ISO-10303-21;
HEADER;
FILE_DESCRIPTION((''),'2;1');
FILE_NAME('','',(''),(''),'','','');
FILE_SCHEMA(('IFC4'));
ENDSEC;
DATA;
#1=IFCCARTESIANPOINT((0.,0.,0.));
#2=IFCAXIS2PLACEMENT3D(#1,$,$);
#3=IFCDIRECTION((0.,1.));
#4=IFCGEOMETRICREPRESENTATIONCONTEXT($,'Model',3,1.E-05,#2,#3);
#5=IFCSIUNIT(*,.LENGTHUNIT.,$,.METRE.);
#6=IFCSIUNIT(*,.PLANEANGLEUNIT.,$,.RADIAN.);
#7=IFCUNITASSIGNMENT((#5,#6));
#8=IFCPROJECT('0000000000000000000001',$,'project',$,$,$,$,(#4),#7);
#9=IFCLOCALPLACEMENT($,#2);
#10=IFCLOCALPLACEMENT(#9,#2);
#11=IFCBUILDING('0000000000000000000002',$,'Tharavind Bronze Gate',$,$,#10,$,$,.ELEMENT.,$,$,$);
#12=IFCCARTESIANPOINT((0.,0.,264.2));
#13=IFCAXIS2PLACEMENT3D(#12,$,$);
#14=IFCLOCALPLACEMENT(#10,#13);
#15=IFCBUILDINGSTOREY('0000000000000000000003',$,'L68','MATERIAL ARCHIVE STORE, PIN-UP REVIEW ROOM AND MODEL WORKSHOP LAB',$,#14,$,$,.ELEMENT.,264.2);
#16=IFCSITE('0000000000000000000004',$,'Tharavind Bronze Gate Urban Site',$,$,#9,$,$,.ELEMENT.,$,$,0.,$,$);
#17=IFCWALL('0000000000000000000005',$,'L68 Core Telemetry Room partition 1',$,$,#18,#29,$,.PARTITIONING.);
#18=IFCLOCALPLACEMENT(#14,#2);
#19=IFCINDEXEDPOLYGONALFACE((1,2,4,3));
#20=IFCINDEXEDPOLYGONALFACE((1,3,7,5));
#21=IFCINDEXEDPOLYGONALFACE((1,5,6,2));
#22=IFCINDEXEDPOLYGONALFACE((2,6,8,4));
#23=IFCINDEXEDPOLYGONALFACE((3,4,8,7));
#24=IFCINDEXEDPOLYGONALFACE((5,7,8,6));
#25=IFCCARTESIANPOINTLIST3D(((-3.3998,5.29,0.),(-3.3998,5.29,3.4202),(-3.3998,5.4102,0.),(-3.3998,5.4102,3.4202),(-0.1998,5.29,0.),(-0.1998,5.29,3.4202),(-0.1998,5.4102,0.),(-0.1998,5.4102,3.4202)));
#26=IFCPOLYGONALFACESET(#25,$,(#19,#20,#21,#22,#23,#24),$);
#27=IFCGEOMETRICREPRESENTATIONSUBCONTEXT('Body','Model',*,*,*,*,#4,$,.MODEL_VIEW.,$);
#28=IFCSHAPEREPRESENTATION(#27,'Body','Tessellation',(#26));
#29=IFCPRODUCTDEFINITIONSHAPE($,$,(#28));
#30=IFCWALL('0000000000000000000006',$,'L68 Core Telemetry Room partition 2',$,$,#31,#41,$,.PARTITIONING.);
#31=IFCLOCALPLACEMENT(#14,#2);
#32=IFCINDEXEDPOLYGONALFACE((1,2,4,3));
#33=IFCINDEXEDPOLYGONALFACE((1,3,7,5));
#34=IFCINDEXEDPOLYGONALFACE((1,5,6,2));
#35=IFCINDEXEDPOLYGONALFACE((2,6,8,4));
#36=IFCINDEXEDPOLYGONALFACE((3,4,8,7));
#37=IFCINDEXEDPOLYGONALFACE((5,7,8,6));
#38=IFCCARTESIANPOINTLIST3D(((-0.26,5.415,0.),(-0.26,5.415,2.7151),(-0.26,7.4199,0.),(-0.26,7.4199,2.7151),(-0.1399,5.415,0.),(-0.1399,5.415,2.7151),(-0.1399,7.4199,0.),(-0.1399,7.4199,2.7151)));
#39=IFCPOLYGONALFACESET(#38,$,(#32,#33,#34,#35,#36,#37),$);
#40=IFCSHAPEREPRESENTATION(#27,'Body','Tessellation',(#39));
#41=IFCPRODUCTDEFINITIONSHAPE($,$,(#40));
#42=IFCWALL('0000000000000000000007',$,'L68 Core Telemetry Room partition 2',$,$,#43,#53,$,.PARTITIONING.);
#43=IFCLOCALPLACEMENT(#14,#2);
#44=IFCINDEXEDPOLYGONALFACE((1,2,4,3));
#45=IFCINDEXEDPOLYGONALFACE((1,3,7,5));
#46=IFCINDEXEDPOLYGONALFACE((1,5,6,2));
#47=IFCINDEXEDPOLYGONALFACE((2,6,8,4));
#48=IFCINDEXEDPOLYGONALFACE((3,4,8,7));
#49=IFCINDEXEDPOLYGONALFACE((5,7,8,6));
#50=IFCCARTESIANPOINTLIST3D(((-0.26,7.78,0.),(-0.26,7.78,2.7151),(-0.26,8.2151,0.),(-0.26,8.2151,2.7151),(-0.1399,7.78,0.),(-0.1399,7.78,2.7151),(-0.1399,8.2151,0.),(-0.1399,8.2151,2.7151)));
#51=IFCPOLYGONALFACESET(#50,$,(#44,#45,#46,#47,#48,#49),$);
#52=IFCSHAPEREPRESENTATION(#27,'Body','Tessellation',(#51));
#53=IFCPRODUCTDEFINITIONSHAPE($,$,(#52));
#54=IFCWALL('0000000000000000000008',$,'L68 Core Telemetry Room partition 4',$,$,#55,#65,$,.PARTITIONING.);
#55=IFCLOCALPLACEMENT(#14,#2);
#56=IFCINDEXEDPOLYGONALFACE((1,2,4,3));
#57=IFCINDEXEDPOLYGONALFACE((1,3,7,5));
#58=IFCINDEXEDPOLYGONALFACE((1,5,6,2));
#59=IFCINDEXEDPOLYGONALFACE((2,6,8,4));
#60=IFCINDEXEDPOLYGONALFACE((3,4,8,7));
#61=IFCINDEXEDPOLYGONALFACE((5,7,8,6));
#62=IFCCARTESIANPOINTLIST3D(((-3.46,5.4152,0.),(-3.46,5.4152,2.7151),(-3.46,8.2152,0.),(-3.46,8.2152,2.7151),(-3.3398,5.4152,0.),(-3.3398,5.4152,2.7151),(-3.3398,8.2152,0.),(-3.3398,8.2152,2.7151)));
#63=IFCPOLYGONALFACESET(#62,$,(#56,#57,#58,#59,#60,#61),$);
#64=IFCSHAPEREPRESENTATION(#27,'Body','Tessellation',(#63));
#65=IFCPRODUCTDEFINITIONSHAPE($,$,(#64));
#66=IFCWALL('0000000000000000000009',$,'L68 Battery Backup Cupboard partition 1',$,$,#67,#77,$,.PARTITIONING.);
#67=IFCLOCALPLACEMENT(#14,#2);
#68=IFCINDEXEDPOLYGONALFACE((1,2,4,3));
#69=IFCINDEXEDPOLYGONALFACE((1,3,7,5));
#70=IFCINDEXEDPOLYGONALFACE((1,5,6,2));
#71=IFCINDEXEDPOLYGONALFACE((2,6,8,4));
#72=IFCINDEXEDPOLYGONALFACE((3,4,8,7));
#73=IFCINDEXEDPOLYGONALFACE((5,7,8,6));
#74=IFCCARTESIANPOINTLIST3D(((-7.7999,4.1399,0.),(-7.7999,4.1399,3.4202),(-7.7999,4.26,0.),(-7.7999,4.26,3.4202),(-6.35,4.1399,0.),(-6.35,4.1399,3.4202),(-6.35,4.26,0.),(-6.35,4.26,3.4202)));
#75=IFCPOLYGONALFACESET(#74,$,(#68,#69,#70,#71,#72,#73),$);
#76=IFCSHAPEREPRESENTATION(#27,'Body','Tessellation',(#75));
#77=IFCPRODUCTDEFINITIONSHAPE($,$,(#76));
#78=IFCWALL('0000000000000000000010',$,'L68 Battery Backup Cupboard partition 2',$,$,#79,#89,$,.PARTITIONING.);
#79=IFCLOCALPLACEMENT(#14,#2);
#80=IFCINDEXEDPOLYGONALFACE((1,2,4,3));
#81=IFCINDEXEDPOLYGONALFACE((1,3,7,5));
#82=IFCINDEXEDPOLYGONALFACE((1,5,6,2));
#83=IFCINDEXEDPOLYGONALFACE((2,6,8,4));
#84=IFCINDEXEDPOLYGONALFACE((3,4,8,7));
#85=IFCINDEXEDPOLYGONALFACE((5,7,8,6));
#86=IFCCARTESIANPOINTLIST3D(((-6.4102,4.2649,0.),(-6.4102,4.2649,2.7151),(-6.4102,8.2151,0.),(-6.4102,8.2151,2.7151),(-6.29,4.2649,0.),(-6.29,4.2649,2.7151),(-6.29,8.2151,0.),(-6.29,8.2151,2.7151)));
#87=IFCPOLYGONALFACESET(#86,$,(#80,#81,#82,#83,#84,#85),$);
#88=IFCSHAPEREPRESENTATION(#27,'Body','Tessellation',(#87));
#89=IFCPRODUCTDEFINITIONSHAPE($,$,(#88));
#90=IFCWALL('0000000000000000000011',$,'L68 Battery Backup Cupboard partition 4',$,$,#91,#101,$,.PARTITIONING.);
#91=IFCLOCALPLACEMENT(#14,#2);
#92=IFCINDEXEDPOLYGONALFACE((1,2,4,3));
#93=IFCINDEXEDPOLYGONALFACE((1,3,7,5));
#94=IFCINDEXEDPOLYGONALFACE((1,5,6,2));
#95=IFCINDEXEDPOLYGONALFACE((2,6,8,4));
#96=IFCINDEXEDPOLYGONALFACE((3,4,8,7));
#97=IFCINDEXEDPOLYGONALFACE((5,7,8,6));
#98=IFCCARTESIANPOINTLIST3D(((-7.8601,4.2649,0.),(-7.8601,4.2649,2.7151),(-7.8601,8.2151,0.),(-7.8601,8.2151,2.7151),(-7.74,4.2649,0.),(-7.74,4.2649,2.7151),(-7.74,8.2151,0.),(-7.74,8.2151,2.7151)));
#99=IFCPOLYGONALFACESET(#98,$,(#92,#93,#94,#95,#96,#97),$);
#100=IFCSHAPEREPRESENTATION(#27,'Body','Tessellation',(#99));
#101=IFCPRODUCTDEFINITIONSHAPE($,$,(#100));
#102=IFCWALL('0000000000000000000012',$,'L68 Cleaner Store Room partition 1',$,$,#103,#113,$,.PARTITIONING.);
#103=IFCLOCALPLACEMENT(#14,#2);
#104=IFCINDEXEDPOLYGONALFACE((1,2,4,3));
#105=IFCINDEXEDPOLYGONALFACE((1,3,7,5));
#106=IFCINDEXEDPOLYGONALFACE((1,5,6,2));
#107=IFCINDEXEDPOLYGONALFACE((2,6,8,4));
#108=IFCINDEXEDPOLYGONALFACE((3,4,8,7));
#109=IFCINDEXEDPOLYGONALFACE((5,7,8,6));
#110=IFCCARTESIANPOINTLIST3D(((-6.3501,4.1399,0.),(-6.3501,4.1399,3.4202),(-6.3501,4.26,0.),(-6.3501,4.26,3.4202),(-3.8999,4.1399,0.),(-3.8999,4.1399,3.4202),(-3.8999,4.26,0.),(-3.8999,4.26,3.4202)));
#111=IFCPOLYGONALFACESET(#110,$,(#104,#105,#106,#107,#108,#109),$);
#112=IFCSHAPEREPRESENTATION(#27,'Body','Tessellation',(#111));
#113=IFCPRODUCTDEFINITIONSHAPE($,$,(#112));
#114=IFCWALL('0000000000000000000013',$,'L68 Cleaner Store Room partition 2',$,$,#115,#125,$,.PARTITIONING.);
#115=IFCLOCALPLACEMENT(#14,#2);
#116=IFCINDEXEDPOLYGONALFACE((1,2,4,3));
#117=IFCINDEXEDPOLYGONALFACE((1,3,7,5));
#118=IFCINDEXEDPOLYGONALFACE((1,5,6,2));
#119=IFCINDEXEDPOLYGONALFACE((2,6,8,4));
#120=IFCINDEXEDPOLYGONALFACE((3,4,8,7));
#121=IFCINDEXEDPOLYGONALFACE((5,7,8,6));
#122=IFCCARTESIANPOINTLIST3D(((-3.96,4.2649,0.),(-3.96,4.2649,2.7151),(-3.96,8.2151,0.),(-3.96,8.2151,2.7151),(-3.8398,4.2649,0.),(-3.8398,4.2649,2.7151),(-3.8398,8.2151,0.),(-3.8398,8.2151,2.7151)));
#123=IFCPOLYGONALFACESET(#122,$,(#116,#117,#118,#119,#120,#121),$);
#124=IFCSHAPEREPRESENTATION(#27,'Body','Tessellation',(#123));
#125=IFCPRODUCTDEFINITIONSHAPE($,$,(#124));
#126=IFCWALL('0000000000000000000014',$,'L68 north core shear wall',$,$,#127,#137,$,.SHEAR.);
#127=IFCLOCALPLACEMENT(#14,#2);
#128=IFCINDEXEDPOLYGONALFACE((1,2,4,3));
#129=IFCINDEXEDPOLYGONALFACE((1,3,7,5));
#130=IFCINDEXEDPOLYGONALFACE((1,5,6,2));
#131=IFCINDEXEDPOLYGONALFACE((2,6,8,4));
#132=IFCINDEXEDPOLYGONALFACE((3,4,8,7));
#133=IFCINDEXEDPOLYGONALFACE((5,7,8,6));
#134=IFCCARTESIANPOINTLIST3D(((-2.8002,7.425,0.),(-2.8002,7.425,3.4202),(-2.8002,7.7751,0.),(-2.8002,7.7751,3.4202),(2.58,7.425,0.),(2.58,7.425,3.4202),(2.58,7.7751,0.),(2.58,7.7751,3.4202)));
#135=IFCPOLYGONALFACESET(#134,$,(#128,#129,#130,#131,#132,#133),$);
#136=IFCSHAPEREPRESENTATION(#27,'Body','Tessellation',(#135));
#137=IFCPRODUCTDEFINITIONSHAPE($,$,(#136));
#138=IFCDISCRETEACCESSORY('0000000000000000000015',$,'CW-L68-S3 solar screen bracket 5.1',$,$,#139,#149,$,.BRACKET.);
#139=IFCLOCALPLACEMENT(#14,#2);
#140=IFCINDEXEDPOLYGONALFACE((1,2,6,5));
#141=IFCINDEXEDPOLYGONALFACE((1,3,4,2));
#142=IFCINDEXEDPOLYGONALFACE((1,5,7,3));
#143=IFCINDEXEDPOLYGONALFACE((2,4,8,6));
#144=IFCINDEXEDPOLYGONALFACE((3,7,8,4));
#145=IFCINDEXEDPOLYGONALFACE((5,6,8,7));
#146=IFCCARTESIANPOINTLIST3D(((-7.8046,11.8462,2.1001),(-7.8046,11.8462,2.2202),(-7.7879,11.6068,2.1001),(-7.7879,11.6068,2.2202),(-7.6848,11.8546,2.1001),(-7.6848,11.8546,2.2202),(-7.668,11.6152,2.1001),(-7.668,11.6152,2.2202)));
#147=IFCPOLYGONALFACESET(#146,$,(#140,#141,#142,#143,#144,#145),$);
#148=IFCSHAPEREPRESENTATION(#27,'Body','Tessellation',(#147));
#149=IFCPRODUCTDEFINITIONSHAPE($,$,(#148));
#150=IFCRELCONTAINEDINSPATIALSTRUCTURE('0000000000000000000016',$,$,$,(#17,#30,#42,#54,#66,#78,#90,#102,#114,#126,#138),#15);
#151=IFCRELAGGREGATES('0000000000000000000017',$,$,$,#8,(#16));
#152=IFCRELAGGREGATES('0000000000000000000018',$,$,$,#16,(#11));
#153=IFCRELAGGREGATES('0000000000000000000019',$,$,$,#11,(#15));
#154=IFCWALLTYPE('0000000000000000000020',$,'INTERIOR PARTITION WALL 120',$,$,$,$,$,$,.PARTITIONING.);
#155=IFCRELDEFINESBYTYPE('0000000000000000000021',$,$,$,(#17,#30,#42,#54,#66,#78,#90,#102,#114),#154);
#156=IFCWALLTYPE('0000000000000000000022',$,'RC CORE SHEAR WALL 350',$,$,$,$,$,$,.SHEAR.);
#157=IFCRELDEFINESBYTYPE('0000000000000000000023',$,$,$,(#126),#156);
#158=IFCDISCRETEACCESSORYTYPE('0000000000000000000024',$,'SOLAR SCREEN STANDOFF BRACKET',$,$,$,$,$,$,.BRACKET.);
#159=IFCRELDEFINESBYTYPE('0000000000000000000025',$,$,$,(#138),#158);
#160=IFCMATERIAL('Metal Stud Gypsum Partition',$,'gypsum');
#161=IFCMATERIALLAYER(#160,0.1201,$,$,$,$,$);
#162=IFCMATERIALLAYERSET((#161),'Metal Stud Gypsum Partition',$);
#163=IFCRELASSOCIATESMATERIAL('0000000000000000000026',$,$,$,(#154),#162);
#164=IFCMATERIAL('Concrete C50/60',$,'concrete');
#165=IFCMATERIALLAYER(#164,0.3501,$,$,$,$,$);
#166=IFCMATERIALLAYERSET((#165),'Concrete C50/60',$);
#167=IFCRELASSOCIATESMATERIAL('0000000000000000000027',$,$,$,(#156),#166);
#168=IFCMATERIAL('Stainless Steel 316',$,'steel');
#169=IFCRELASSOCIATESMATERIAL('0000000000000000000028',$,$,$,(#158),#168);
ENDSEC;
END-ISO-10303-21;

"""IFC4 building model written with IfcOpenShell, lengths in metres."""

from ifc_helpers import new_model, si_unit, direction, frame, frame_2d, origin, origin_2d, place, context, subcontext, project, spatial, rectangle, extrude, material, layer, layer_set, type_object, element, save


model = new_model("IFC4")

# Units and contexts
model_context = context("Model", 3, precision=1e-05, world=origin(), true_north=direction((0.0, 1.0)))
body_context = subcontext(model_context, "Body", "Model", "MODEL_VIEW")
ifc_project = project(units=[si_unit("LENGTHUNIT", "METRE"), si_unit("PLANEANGLEUNIT", "RADIAN")], contexts=[model_context])

# Site, building, storey
site_placement = place(None, origin())
site = spatial("IfcSite", under=ifc_project, at=site_placement, Name="Tharavind Bronze Gate Urban Site", CompositionType="ELEMENT", RefElevation=0.0)
building_placement = place(site_placement, origin())
building = spatial("IfcBuilding", under=site, at=building_placement, Name="Tharavind Bronze Gate", CompositionType="ELEMENT")
storey_placement = place(building_placement, frame((0.0, 0.0, 264.2)))
storey = spatial("IfcBuildingStorey", under=building, at=storey_placement, Name="L68", Description="MATERIAL ARCHIVE STORE, PIN-UP REVIEW ROOM AND MODEL WORKSHOP LAB", CompositionType="ELEMENT", Elevation=264.2)

# Walls
ifc_material_1 = material(Name="Metal Stud Gypsum Partition", Category="gypsum")
ifc_layer_1 = layer(ifc_material_1, 0.1201)
ifc_layer_set_1 = layer_set([ifc_layer_1], Name="Metal Stud Gypsum Partition")
wall_type_1 = type_object("IfcWallType", Name="INTERIOR PARTITION WALL 120", PredefinedType="PARTITIONING", material=ifc_layer_set_1)
wall_1_placement = place(storey_placement, frame((-3.3999, 5.3501, 0.0), z_axis=(0.0, 0.0, 1.0), x_axis=(1.0, 0.0, 0.0)))
element("IfcWall", 1, at=wall_1_placement, inside=storey, type_object=wall_type_1, Name="L68 Core Telemetry Room partition 1", PredefinedType="PARTITIONING", context=body_context, shape_type="SweptSolid", body=[
    extrude(rectangle(XDim=3.2, YDim=0.1201, at=frame_2d((1.6001, 0.0))), origin(), (0.0, 0.0, 1.0), 3.4202),
])
wall_2_placement = place(storey_placement, frame((-0.2, 5.415, 0.0), z_axis=(0.0, 0.0, 1.0), x_axis=(0.0, 1.0, 0.0)))
element("IfcWall", 2, at=wall_2_placement, inside=storey, type_object=wall_type_1, Name="L68 Core Telemetry Room partition 2", PredefinedType="PARTITIONING", context=body_context, shape_type="SweptSolid", body=[
    extrude(rectangle(XDim=2.0049, YDim=0.1201, at=frame_2d((1.0024, 0.0))), origin(), (0.0, 0.0, 1.0), 2.7151),
])
wall_3_placement = place(storey_placement, frame((-0.2, 7.78, 0.0), z_axis=(0.0, 0.0, 1.0), x_axis=(0.0, 1.0, 0.0)))
element("IfcWall", 3, at=wall_3_placement, inside=storey, type_object=wall_type_1, Name="L68 Core Telemetry Room partition 2", PredefinedType="PARTITIONING", context=body_context, shape_type="SweptSolid", body=[
    extrude(rectangle(XDim=0.4351, YDim=0.1201, at=frame_2d((0.2175, 0.0))), origin(), (0.0, 0.0, 1.0), 2.7151),
])
wall_4_placement = place(storey_placement, frame((-3.3999, 8.2151, 0.0), z_axis=(0.0, 0.0, 1.0), x_axis=(0.0, -1.0, 0.0)))
element("IfcWall", 4, at=wall_4_placement, inside=storey, type_object=wall_type_1, Name="L68 Core Telemetry Room partition 4", PredefinedType="PARTITIONING", context=body_context, shape_type="SweptSolid", body=[
    extrude(rectangle(XDim=2.8, YDim=0.1201, at=frame_2d((1.3999, 0.0))), origin(), (0.0, 0.0, 1.0), 2.7151),
])
wall_5_placement = place(storey_placement, frame((-7.8, 4.2, 0.0), z_axis=(0.0, 0.0, 1.0), x_axis=(1.0, 0.0, 0.0)))
element("IfcWall", 5, at=wall_5_placement, inside=storey, type_object=wall_type_1, Name="L68 Battery Backup Cupboard partition 1", PredefinedType="PARTITIONING", context=body_context, shape_type="SweptSolid", body=[
    extrude(rectangle(XDim=1.45, YDim=0.1201, at=frame_2d((0.7251, 0.0))), origin(), (0.0, 0.0, 1.0), 3.4202),
])
for number, where, z_axis, x_axis, name in (
    (6, (-6.3501, 4.2649, 0.0), (0.0, 0.0, 1.0), (0.0, 1.0, 0.0), "L68 Battery Backup Cupboard partition 2"),
    (7, (-7.8, 8.2151, 0.0), (0.0, 0.0, 1.0), (0.0, -1.0, 0.0), "L68 Battery Backup Cupboard partition 4"),
):
    element("IfcWall", number, at=place(storey_placement, frame(where, z_axis=z_axis, x_axis=x_axis)), inside=storey, type_object=wall_type_1, Name=name, PredefinedType="PARTITIONING", context=body_context, shape_type="SweptSolid", body=[
        extrude(rectangle(XDim=3.9502, YDim=0.1201, at=frame_2d((1.9751, 0.0))), origin(), (0.0, 0.0, 1.0), 2.7151),
    ])
wall_6_placement = place(storey_placement, frame((-6.3501, 4.2, 0.0), z_axis=(0.0, 0.0, 1.0), x_axis=(1.0, 0.0, 0.0)))
element("IfcWall", 8, at=wall_6_placement, inside=storey, type_object=wall_type_1, Name="L68 Cleaner Store Room partition 1", PredefinedType="PARTITIONING", context=body_context, shape_type="SweptSolid", body=[
    extrude(rectangle(XDim=2.4502, YDim=0.1201, at=frame_2d((1.2251, 0.0))), origin(), (0.0, 0.0, 1.0), 3.4202),
])
wall_7_placement = place(storey_placement, frame((-3.8999, 4.2649, 0.0), z_axis=(0.0, 0.0, 1.0), x_axis=(0.0, 1.0, 0.0)))
element("IfcWall", 9, at=wall_7_placement, inside=storey, type_object=wall_type_1, Name="L68 Cleaner Store Room partition 2", PredefinedType="PARTITIONING", context=body_context, shape_type="SweptSolid", body=[
    extrude(rectangle(XDim=3.9502, YDim=0.1201, at=frame_2d((1.9751, 0.0))), origin(), (0.0, 0.0, 1.0), 2.7151),
])
ifc_material_2 = material(Name="Concrete C50/60", Category="concrete")
ifc_layer_2 = layer(ifc_material_2, 0.3501)
ifc_layer_set_2 = layer_set([ifc_layer_2], Name="Concrete C50/60")
wall_type_2 = type_object("IfcWallType", Name="RC CORE SHEAR WALL 350", PredefinedType="SHEAR", material=ifc_layer_set_2)
wall_8_placement = place(storey_placement, frame((-2.8, 7.6001, 0.0), z_axis=(0.0, 0.0, 1.0), x_axis=(1.0, 0.0, 0.0)))
element("IfcWall", 10, at=wall_8_placement, inside=storey, type_object=wall_type_2, Name="L68 north core shear wall", PredefinedType="SHEAR", context=body_context, shape_type="SweptSolid", body=[
    extrude(rectangle(XDim=5.3801, YDim=0.3501, at=frame_2d((2.6899, 0.0))), origin(), (0.0, 0.0, 1.0), 3.4202),
])

# Discrete accessory
ifc_material_3 = material(Name="Stainless Steel 316", Category="steel")
discrete_accessory_type = type_object("IfcDiscreteAccessoryType", Name="SOLAR SCREEN STANDOFF BRACKET", PredefinedType="BRACKET", material=ifc_material_3)
discrete_accessory_placement = place(storey_placement, frame((-7.7363, 11.7307, 2.1001), z_axis=(0.0, 0.0, 1.0), x_axis=(-0.997564, -0.06976, 0.0)))
element("IfcDiscreteAccessory", 11, at=discrete_accessory_placement, inside=storey, type_object=discrete_accessory_type, Name="CW-L68-S3 solar screen bracket 5.1", PredefinedType="BRACKET", context=body_context, shape_type="SweptSolid", body=[
    extrude(rectangle(XDim=0.1201, YDim=0.24, at=origin_2d()), origin(), (0.0, 0.0, 1.0), 0.1201),
])

save(model, "model.ifc")
